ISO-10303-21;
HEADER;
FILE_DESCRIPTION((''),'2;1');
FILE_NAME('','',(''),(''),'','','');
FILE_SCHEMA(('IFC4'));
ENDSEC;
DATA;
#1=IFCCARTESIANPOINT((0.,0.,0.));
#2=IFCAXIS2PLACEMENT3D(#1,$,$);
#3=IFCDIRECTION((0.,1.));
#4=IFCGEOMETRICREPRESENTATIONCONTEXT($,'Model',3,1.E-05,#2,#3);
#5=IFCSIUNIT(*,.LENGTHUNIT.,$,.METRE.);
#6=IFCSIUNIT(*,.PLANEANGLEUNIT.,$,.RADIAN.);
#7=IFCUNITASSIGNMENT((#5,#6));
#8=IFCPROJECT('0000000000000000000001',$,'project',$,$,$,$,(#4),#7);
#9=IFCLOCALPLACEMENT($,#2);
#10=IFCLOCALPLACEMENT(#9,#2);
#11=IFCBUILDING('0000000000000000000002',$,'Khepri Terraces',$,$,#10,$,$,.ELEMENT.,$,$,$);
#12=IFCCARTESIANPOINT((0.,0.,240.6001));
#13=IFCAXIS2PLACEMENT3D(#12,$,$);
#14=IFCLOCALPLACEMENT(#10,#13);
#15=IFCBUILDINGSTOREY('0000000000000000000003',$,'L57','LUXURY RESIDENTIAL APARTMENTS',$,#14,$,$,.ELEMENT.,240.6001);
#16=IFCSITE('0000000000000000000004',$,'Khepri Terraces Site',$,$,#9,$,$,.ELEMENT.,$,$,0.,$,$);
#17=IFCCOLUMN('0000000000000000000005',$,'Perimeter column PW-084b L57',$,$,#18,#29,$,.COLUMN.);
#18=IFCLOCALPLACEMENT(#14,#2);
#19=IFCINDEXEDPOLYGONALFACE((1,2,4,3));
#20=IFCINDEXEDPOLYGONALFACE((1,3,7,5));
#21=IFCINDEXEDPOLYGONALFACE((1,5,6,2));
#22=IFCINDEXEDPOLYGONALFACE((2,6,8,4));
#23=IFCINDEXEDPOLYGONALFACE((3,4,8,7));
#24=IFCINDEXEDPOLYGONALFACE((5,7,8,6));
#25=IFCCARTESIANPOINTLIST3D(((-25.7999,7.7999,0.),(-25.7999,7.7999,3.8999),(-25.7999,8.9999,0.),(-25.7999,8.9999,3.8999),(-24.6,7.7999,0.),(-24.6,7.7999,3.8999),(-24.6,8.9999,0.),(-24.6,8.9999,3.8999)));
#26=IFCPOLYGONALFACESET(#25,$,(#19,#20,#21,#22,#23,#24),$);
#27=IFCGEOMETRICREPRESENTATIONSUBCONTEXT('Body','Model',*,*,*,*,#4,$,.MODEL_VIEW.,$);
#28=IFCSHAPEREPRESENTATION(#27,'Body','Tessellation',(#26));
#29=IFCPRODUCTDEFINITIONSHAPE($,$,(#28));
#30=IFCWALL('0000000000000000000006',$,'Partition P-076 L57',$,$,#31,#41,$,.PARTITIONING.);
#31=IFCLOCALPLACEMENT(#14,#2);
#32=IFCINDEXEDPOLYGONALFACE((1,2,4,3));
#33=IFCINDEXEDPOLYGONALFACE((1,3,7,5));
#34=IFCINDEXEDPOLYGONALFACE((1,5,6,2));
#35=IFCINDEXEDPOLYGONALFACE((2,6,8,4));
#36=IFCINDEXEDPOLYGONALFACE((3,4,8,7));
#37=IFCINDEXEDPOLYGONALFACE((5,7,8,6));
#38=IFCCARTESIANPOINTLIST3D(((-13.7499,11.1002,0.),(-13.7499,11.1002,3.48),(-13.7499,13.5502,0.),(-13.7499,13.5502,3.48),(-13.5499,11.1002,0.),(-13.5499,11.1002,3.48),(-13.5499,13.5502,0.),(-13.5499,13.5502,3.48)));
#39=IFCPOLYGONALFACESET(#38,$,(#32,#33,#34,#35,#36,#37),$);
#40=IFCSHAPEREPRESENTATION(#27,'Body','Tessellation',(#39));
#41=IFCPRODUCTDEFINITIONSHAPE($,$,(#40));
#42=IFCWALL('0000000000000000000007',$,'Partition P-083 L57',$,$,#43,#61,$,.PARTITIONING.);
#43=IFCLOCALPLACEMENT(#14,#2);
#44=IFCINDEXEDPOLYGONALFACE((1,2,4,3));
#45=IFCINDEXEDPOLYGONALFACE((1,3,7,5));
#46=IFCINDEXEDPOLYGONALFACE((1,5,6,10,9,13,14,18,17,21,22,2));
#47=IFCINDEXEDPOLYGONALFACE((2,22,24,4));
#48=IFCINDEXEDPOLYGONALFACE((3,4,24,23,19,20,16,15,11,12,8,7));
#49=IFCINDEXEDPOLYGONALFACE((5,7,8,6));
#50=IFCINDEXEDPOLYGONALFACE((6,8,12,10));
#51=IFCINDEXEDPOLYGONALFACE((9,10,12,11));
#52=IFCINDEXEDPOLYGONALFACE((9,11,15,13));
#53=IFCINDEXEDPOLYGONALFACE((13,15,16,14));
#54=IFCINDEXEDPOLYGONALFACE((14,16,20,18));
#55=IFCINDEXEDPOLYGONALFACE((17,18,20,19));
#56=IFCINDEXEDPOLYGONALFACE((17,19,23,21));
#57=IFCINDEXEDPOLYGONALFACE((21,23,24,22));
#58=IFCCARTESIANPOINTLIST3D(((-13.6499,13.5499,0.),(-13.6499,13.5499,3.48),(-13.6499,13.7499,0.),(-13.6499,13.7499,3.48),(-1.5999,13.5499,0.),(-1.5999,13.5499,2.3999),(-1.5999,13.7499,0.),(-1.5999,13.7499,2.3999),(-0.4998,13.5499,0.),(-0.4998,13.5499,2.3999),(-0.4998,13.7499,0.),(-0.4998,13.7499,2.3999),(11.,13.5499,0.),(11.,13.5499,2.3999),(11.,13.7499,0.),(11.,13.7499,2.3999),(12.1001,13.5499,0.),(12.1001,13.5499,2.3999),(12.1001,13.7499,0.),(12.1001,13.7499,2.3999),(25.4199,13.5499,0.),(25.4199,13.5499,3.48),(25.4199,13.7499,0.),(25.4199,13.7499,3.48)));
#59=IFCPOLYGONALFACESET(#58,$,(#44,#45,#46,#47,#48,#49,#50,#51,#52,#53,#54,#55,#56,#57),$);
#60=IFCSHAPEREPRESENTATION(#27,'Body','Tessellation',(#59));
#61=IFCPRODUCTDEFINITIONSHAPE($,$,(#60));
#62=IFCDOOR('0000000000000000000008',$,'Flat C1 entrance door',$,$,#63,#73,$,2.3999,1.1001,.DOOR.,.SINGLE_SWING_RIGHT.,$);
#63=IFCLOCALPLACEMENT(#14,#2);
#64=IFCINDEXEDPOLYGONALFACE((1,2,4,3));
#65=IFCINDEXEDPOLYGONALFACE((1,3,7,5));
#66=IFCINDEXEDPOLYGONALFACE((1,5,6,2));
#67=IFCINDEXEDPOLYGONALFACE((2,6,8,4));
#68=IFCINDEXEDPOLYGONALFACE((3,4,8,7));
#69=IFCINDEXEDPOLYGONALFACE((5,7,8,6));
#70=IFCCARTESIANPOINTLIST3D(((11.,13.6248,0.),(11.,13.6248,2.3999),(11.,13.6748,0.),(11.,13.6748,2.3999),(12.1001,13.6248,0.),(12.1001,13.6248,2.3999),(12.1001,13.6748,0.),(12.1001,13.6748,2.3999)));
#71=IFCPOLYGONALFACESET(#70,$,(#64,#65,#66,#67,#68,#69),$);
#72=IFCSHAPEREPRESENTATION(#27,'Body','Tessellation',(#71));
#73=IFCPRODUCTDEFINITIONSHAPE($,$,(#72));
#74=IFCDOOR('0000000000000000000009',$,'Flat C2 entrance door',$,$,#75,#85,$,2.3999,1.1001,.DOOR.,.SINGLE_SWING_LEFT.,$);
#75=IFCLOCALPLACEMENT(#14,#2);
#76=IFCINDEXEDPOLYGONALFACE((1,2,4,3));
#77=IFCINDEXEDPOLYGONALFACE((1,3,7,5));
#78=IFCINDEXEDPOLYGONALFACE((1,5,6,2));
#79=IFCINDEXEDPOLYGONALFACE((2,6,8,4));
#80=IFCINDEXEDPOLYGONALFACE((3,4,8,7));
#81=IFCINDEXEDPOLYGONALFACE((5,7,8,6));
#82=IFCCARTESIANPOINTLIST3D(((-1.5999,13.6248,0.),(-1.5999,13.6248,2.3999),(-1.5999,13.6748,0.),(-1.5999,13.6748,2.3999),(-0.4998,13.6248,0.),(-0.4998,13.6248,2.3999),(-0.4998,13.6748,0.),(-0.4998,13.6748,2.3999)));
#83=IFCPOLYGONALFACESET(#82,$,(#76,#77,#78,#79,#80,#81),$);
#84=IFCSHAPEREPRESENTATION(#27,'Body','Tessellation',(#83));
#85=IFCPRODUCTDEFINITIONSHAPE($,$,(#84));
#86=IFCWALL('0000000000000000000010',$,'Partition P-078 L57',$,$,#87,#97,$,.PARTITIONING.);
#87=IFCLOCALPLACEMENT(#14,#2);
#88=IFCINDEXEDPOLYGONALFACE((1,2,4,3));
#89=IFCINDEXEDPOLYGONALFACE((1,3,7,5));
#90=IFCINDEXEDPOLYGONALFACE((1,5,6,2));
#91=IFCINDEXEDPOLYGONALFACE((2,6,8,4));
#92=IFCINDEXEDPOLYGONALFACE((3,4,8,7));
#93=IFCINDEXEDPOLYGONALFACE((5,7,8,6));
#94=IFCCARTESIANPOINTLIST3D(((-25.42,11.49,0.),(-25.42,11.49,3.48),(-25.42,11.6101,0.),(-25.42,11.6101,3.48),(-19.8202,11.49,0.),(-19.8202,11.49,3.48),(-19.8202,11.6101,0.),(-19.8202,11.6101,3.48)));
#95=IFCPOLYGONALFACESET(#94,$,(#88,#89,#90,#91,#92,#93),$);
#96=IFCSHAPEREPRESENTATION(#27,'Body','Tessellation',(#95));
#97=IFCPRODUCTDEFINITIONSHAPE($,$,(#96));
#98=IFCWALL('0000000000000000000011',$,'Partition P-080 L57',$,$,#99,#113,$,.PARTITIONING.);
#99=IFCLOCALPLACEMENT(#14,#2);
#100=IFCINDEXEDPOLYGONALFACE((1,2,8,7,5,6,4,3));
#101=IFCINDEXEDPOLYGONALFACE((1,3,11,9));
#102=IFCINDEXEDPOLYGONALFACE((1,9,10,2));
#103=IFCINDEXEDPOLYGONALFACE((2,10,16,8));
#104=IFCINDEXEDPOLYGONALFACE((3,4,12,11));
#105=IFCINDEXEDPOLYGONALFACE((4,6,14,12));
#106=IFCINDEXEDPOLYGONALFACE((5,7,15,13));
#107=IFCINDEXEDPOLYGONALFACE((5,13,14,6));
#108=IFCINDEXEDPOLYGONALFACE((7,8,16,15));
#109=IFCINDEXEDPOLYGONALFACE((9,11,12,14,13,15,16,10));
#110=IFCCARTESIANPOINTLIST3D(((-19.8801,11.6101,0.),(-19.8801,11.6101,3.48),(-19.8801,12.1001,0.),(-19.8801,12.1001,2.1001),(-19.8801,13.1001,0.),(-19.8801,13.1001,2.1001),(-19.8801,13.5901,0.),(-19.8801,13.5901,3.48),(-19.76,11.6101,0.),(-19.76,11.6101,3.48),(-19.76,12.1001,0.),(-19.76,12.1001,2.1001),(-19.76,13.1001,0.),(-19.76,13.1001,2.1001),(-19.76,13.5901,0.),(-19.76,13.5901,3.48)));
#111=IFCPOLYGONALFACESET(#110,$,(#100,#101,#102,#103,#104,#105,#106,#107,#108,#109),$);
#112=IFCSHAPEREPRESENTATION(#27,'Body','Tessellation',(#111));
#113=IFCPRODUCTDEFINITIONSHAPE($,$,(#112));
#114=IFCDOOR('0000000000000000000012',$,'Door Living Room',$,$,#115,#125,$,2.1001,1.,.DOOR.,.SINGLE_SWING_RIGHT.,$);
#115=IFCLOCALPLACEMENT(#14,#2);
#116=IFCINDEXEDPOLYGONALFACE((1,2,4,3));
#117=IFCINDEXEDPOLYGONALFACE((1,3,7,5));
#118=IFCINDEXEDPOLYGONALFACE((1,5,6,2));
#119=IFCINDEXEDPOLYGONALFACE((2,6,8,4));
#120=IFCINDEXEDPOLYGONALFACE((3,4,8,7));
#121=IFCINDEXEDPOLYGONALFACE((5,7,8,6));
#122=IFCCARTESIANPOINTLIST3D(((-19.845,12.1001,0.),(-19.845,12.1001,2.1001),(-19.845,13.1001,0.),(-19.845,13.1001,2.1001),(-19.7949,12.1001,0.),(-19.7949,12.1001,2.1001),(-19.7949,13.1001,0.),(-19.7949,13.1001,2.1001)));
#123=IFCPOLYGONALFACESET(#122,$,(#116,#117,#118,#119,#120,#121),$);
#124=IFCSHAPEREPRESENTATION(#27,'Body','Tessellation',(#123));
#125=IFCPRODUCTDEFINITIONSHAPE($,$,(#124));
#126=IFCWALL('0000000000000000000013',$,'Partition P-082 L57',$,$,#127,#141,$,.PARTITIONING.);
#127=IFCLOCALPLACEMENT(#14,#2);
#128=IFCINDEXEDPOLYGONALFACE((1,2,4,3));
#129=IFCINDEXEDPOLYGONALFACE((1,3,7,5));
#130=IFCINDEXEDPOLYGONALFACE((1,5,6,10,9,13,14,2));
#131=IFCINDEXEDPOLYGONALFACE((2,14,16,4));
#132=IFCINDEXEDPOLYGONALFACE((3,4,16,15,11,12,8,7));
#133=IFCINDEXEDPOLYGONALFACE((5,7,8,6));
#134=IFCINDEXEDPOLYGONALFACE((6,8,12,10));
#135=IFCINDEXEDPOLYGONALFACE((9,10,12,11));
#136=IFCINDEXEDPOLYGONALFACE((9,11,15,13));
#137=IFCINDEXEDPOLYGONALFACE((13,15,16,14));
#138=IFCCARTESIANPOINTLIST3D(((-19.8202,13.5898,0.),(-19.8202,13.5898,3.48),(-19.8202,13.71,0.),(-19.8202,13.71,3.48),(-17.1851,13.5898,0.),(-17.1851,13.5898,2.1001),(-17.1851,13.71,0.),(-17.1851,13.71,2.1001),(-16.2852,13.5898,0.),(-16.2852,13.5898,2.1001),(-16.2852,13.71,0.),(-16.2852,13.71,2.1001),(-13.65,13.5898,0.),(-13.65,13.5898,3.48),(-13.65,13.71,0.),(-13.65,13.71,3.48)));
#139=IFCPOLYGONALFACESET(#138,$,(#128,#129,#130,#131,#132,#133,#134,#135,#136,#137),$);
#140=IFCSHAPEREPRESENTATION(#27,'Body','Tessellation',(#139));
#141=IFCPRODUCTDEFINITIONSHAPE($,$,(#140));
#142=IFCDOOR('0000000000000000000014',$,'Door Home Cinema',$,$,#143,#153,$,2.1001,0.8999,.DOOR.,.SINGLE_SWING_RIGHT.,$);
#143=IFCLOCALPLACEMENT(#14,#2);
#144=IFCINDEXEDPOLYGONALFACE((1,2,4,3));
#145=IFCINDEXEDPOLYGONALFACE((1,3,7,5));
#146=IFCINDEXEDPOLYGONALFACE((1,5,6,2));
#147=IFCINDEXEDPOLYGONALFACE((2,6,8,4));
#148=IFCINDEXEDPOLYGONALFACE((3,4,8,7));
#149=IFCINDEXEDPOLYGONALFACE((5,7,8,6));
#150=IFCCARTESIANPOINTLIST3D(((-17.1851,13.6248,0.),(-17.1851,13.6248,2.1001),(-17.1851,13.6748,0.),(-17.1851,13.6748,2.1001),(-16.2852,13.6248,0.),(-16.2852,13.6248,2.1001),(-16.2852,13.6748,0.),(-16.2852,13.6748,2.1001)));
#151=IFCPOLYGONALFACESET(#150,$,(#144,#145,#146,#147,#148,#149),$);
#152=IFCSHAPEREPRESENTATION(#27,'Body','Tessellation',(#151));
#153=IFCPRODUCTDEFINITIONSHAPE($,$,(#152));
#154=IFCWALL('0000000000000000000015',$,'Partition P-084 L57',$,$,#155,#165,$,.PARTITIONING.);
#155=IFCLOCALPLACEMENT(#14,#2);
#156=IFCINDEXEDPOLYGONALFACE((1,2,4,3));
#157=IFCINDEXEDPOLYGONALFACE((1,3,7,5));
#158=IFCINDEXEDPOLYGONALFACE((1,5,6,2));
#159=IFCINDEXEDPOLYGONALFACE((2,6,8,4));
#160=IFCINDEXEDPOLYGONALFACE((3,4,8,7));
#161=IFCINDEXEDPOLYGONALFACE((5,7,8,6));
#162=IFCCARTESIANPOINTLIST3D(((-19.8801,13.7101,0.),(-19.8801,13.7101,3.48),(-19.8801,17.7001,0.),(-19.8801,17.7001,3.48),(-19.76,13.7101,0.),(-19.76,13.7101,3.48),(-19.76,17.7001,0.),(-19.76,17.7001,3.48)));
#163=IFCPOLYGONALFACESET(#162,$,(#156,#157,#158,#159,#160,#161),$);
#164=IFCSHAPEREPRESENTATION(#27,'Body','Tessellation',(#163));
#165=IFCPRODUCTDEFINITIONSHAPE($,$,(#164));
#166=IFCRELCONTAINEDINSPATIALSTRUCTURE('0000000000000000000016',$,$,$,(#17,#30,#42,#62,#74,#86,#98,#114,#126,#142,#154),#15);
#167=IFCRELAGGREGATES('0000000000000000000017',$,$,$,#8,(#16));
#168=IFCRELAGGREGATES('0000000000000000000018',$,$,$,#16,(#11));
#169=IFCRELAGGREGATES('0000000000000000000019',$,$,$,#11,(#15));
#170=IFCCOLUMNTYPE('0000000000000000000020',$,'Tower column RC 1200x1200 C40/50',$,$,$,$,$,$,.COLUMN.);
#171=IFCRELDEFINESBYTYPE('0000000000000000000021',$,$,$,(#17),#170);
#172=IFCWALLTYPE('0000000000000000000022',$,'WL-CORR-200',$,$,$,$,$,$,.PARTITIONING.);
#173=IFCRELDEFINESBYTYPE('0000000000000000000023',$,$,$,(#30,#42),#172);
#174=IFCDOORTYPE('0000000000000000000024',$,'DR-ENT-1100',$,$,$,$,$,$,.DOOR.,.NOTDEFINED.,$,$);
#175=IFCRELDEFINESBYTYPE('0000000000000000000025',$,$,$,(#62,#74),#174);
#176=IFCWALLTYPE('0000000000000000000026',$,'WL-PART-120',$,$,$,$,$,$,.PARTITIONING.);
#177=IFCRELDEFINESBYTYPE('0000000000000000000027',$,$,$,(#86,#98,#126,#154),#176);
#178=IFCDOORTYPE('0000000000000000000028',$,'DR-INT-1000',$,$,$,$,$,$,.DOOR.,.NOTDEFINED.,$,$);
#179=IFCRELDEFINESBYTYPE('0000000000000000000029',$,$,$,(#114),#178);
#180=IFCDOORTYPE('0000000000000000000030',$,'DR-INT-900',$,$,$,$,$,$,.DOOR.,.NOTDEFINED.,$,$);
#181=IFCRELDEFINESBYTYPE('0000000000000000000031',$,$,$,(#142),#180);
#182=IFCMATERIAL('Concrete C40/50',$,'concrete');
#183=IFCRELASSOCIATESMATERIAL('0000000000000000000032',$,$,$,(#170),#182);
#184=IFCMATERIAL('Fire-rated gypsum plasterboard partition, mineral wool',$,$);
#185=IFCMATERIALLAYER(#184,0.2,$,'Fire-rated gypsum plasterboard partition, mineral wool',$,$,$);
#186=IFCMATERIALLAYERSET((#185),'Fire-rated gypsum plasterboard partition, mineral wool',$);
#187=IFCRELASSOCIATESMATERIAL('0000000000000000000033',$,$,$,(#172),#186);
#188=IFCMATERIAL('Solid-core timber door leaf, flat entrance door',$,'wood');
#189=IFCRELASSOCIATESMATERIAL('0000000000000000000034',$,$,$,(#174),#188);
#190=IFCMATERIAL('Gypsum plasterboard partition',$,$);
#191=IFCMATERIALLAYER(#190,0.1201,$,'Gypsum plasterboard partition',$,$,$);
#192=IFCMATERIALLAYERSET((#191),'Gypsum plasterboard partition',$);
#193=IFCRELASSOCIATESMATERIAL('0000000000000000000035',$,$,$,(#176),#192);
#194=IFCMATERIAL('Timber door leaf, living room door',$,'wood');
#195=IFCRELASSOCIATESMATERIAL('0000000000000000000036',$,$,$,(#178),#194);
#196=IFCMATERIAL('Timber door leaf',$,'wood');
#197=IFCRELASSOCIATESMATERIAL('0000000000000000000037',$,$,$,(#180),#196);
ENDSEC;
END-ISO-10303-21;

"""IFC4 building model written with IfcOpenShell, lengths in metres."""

from ifc_helpers import new_model, si_unit, direction, frame, frame_2d, origin, origin_2d, place, context, subcontext, project, spatial, rectangle, extrude, material, layer, layer_set, material_profile, profile_set, type_object, element, fill, save


model = new_model("IFC4")

# Units and contexts
model_context = context("Model", 3, precision=1e-05, world=origin(), true_north=direction((0.0, 1.0)))
body_context = subcontext(model_context, "Body", "Model", "MODEL_VIEW")
ifc_project = project(units=[si_unit("LENGTHUNIT", "METRE"), si_unit("PLANEANGLEUNIT", "RADIAN")], contexts=[model_context])

# Site, building, storey
site_placement = place(None, origin())
site = spatial("IfcSite", under=ifc_project, at=site_placement, Name="Khepri Terraces Site", CompositionType="ELEMENT", RefElevation=0.0)
building_placement = place(site_placement, origin())
building = spatial("IfcBuilding", under=site, at=building_placement, Name="Khepri Terraces", CompositionType="ELEMENT")
storey_placement = place(building_placement, frame((0.0, 0.0, 240.6001)))
storey = spatial("IfcBuildingStorey", under=building, at=storey_placement, Name="L57", Description="LUXURY RESIDENTIAL APARTMENTS", CompositionType="ELEMENT", Elevation=240.6001)

# Column
ifc_material_1 = material(Name="Concrete C40/50", Category="concrete")
ifc_material_profile = material_profile(ifc_material_1, rectangle(XDim=1.2, YDim=1.2, at=origin_2d()), Name="Concrete C40/50", Category="concrete")
ifc_profile_set = profile_set([ifc_material_profile], Name="Concrete C40/50")
column_type = type_object("IfcColumnType", Name="Tower column RC 1200x1200 C40/50", PredefinedType="COLUMN", material=ifc_profile_set)
column_placement = place(storey_placement, frame((-25.2, 8.3999, 0.0), z_axis=(0.0, 0.0, 1.0), x_axis=(1.0, 0.0, 0.0)))
element("IfcColumn", 1, at=column_placement, inside=storey, type_object=column_type, Name="Perimeter column PW-084b L57", PredefinedType="COLUMN", context=body_context, shape_type="SweptSolid", body=[
    extrude(rectangle(XDim=1.2, YDim=1.2, at=origin_2d()), origin(), (0.0, 0.0, 1.0), 3.8999),
])

# Shared definitions
ifc_material_2 = material(Name="Fire-rated gypsum plasterboard partition, mineral wool")
ifc_layer_1 = layer(ifc_material_2, 0.2, Name="Fire-rated gypsum plasterboard partition, mineral wool")
ifc_layer_set_1 = layer_set([ifc_layer_1], Name="Fire-rated gypsum plasterboard partition, mineral wool")
wall_type_1 = type_object("IfcWallType", Name="WL-CORR-200", PredefinedType="PARTITIONING", material=ifc_layer_set_1)
ifc_material_3 = material(Name="Solid-core timber door leaf, flat entrance door", Category="wood")
door_type_1 = type_object("IfcDoorType", Name="DR-ENT-1100", OperationType="NOTDEFINED", PredefinedType="DOOR", material=ifc_material_3)

# Wall
wall_1_placement = place(storey_placement, frame((-13.6499, 11.1001, 0.0), z_axis=(0.0, 0.0, 1.0), x_axis=(0.0, 1.0, 0.0)))
element("IfcWall", 2, at=wall_1_placement, inside=storey, type_object=wall_type_1, Name="Partition P-076 L57", PredefinedType="PARTITIONING", context=body_context, shape_type="SweptSolid", body=[
    extrude(rectangle(XDim=2.45, YDim=0.2, at=frame_2d((1.2251, 0.0))), origin(), (0.0, 0.0, 1.0), 3.48),
])

# Wall, openings, doors
wall_2_placement = place(storey_placement, frame((-13.6499, 13.6499, 0.0), z_axis=(0.0, 0.0, 1.0), x_axis=(1.0, 0.0, 0.0)))
wall_2 = element("IfcWall", 3, at=wall_2_placement, inside=storey, type_object=wall_type_1, Name="Partition P-083 L57", PredefinedType="PARTITIONING", context=body_context, shape_type="SweptSolid", body=[
    extrude(rectangle(XDim=39.0698, YDim=0.2, at=frame_2d((19.5349, 0.0))), origin(), (0.0, 0.0, 1.0), 3.48),
])
opening_1_placement = place(wall_2_placement, frame((24.6499, 0.0, 0.0)))
opening_1 = element("IfcOpeningElement", 4, at=opening_1_placement, cuts=wall_2, PredefinedType="OPENING", context=body_context, shape_type="SweptSolid", body=[
    extrude(rectangle(XDim=1.1001, YDim=2.3999, at=frame_2d((0.55, 1.2))), frame((0.0, 0.1099, 0.0), z_axis=(0.0, -1.0, 0.0), x_axis=(1.0, 0.0, 0.0)), (0.0, 0.0, 1.0), 0.22),
])
opening_2_placement = place(wall_2_placement, frame((12.05, 0.0, 0.0)))
opening_2 = element("IfcOpeningElement", 5, at=opening_2_placement, cuts=wall_2, PredefinedType="OPENING", context=body_context, shape_type="SweptSolid", body=[
    extrude(rectangle(XDim=1.1001, YDim=2.3999, at=frame_2d((0.55, 1.2))), frame((0.0, 0.1099, 0.0), z_axis=(0.0, -1.0, 0.0), x_axis=(1.0, 0.0, 0.0)), (0.0, 0.0, 1.0), 0.22),
])
door_1_placement = place(opening_1_placement, origin())
door_1 = element("IfcDoor", 6, at=door_1_placement, inside=storey, type_object=door_type_1, Name="Flat C1 entrance door", OperationType="SINGLE_SWING_RIGHT", OverallHeight=2.3999, OverallWidth=1.1001, PredefinedType="DOOR", context=body_context, shape_type="SweptSolid", body=[
    extrude(rectangle(XDim=1.1001, YDim=2.3999, at=frame_2d((0.55, 1.2))), frame((0.0, 0.0249, 0.0), z_axis=(0.0, -1.0, 0.0), x_axis=(1.0, 0.0, 0.0)), (0.0, 0.0, 1.0), 0.05),
])
fill(opening_1, door_1)
door_2_placement = place(opening_2_placement, origin())
door_2 = element("IfcDoor", 7, at=door_2_placement, inside=storey, type_object=door_type_1, Name="Flat C2 entrance door", OperationType="SINGLE_SWING_LEFT", OverallHeight=2.3999, OverallWidth=1.1001, PredefinedType="DOOR", context=body_context, shape_type="SweptSolid", body=[
    extrude(rectangle(XDim=1.1001, YDim=2.3999, at=frame_2d((0.55, 1.2))), frame((0.0, 0.0249, 0.0), z_axis=(0.0, -1.0, 0.0), x_axis=(1.0, 0.0, 0.0)), (0.0, 0.0, 1.0), 0.05),
])
fill(opening_2, door_2)

# Wall
ifc_material_4 = material(Name="Gypsum plasterboard partition")
ifc_layer_2 = layer(ifc_material_4, 0.1201, Name="Gypsum plasterboard partition")
ifc_layer_set_2 = layer_set([ifc_layer_2], Name="Gypsum plasterboard partition")
wall_type_2 = type_object("IfcWallType", Name="WL-PART-120", PredefinedType="PARTITIONING", material=ifc_layer_set_2)
wall_3_placement = place(storey_placement, frame((-25.4199, 11.55, 0.0), z_axis=(0.0, 0.0, 1.0), x_axis=(1.0, 0.0, 0.0)))
element("IfcWall", 8, at=wall_3_placement, inside=storey, type_object=wall_type_2, Name="Partition P-078 L57", PredefinedType="PARTITIONING", context=body_context, shape_type="SweptSolid", body=[
    extrude(rectangle(XDim=5.5999, YDim=0.1201, at=frame_2d((2.7998, 0.0))), origin(), (0.0, 0.0, 1.0), 3.48),
])

# Walls, openings, doors
wall_4_placement = place(storey_placement, frame((-19.8201, 11.6101, 0.0), z_axis=(0.0, 0.0, 1.0), x_axis=(0.0, 1.0, 0.0)))
wall_4 = element("IfcWall", 9, at=wall_4_placement, inside=storey, type_object=wall_type_2, Name="Partition P-080 L57", PredefinedType="PARTITIONING", context=body_context, shape_type="SweptSolid", body=[
    extrude(rectangle(XDim=1.98, YDim=0.1201, at=frame_2d((0.99, 0.0))), origin(), (0.0, 0.0, 1.0), 3.48),
])
opening_3_placement = place(wall_4_placement, frame((0.49, 0.0, 0.0)))
opening_3 = element("IfcOpeningElement", 10, at=opening_3_placement, cuts=wall_4, PredefinedType="OPENING", context=body_context, shape_type="SweptSolid", body=[
    extrude(rectangle(XDim=1.0, YDim=2.1001, at=frame_2d((0.5, 1.05))), frame((0.0, 0.0701, 0.0), z_axis=(0.0, -1.0, 0.0), x_axis=(1.0, 0.0, 0.0)), (0.0, 0.0, 1.0), 0.1401),
])
ifc_material_5 = material(Name="Timber door leaf, living room door", Category="wood")
door_type_2 = type_object("IfcDoorType", Name="DR-INT-1000", OperationType="NOTDEFINED", PredefinedType="DOOR", material=ifc_material_5)
door_3_placement = place(opening_3_placement, origin())
door_3 = element("IfcDoor", 11, at=door_3_placement, inside=storey, type_object=door_type_2, Name="Door Living Room", OperationType="SINGLE_SWING_RIGHT", OverallHeight=2.1001, OverallWidth=1.0, PredefinedType="DOOR", context=body_context, shape_type="SweptSolid", body=[
    extrude(rectangle(XDim=1.0, YDim=2.1001, at=frame_2d((0.5, 1.05))), frame((0.0, 0.0249, 0.0), z_axis=(0.0, -1.0, 0.0), x_axis=(1.0, 0.0, 0.0)), (0.0, 0.0, 1.0), 0.05),
])
fill(opening_3, door_3)
wall_5_placement = place(storey_placement, frame((-19.8201, 13.6499, 0.0), z_axis=(0.0, 0.0, 1.0), x_axis=(1.0, 0.0, 0.0)))
wall_5 = element("IfcWall", 12, at=wall_5_placement, inside=storey, type_object=wall_type_2, Name="Partition P-082 L57", PredefinedType="PARTITIONING", context=body_context, shape_type="SweptSolid", body=[
    extrude(rectangle(XDim=6.1702, YDim=0.1201, at=frame_2d((3.085, 0.0))), origin(), (0.0, 0.0, 1.0), 3.48),
])
opening_4_placement = place(wall_5_placement, frame((2.635, 0.0, 0.0)))
opening_4 = element("IfcOpeningElement", 13, at=opening_4_placement, cuts=wall_5, PredefinedType="OPENING", context=body_context, shape_type="SweptSolid", body=[
    extrude(rectangle(XDim=0.8999, YDim=2.1001, at=frame_2d((0.45, 1.05))), frame((0.0, 0.0701, 0.0), z_axis=(0.0, -1.0, 0.0), x_axis=(1.0, 0.0, 0.0)), (0.0, 0.0, 1.0), 0.1401),
])
ifc_material_6 = material(Name="Timber door leaf", Category="wood")
door_type_3 = type_object("IfcDoorType", Name="DR-INT-900", OperationType="NOTDEFINED", PredefinedType="DOOR", material=ifc_material_6)
door_4_placement = place(opening_4_placement, origin())
door_4 = element("IfcDoor", 14, at=door_4_placement, inside=storey, type_object=door_type_3, Name="Door Home Cinema", OperationType="SINGLE_SWING_RIGHT", OverallHeight=2.1001, OverallWidth=0.8999, PredefinedType="DOOR", context=body_context, shape_type="SweptSolid", body=[
    extrude(rectangle(XDim=0.8999, YDim=2.1001, at=frame_2d((0.45, 1.05))), frame((0.0, 0.0249, 0.0), z_axis=(0.0, -1.0, 0.0), x_axis=(1.0, 0.0, 0.0)), (0.0, 0.0, 1.0), 0.05),
])
fill(opening_4, door_4)

# Wall
wall_6_placement = place(storey_placement, frame((-19.8201, 13.71, 0.0), z_axis=(0.0, 0.0, 1.0), x_axis=(0.0, 1.0, 0.0)))
element("IfcWall", 15, at=wall_6_placement, inside=storey, type_object=wall_type_2, Name="Partition P-084 L57", PredefinedType="PARTITIONING", context=body_context, shape_type="SweptSolid", body=[
    extrude(rectangle(XDim=3.99, YDim=0.1201, at=frame_2d((1.9951, 0.0))), origin(), (0.0, 0.0, 1.0), 3.48),
])

save(model, "model.ifc")
